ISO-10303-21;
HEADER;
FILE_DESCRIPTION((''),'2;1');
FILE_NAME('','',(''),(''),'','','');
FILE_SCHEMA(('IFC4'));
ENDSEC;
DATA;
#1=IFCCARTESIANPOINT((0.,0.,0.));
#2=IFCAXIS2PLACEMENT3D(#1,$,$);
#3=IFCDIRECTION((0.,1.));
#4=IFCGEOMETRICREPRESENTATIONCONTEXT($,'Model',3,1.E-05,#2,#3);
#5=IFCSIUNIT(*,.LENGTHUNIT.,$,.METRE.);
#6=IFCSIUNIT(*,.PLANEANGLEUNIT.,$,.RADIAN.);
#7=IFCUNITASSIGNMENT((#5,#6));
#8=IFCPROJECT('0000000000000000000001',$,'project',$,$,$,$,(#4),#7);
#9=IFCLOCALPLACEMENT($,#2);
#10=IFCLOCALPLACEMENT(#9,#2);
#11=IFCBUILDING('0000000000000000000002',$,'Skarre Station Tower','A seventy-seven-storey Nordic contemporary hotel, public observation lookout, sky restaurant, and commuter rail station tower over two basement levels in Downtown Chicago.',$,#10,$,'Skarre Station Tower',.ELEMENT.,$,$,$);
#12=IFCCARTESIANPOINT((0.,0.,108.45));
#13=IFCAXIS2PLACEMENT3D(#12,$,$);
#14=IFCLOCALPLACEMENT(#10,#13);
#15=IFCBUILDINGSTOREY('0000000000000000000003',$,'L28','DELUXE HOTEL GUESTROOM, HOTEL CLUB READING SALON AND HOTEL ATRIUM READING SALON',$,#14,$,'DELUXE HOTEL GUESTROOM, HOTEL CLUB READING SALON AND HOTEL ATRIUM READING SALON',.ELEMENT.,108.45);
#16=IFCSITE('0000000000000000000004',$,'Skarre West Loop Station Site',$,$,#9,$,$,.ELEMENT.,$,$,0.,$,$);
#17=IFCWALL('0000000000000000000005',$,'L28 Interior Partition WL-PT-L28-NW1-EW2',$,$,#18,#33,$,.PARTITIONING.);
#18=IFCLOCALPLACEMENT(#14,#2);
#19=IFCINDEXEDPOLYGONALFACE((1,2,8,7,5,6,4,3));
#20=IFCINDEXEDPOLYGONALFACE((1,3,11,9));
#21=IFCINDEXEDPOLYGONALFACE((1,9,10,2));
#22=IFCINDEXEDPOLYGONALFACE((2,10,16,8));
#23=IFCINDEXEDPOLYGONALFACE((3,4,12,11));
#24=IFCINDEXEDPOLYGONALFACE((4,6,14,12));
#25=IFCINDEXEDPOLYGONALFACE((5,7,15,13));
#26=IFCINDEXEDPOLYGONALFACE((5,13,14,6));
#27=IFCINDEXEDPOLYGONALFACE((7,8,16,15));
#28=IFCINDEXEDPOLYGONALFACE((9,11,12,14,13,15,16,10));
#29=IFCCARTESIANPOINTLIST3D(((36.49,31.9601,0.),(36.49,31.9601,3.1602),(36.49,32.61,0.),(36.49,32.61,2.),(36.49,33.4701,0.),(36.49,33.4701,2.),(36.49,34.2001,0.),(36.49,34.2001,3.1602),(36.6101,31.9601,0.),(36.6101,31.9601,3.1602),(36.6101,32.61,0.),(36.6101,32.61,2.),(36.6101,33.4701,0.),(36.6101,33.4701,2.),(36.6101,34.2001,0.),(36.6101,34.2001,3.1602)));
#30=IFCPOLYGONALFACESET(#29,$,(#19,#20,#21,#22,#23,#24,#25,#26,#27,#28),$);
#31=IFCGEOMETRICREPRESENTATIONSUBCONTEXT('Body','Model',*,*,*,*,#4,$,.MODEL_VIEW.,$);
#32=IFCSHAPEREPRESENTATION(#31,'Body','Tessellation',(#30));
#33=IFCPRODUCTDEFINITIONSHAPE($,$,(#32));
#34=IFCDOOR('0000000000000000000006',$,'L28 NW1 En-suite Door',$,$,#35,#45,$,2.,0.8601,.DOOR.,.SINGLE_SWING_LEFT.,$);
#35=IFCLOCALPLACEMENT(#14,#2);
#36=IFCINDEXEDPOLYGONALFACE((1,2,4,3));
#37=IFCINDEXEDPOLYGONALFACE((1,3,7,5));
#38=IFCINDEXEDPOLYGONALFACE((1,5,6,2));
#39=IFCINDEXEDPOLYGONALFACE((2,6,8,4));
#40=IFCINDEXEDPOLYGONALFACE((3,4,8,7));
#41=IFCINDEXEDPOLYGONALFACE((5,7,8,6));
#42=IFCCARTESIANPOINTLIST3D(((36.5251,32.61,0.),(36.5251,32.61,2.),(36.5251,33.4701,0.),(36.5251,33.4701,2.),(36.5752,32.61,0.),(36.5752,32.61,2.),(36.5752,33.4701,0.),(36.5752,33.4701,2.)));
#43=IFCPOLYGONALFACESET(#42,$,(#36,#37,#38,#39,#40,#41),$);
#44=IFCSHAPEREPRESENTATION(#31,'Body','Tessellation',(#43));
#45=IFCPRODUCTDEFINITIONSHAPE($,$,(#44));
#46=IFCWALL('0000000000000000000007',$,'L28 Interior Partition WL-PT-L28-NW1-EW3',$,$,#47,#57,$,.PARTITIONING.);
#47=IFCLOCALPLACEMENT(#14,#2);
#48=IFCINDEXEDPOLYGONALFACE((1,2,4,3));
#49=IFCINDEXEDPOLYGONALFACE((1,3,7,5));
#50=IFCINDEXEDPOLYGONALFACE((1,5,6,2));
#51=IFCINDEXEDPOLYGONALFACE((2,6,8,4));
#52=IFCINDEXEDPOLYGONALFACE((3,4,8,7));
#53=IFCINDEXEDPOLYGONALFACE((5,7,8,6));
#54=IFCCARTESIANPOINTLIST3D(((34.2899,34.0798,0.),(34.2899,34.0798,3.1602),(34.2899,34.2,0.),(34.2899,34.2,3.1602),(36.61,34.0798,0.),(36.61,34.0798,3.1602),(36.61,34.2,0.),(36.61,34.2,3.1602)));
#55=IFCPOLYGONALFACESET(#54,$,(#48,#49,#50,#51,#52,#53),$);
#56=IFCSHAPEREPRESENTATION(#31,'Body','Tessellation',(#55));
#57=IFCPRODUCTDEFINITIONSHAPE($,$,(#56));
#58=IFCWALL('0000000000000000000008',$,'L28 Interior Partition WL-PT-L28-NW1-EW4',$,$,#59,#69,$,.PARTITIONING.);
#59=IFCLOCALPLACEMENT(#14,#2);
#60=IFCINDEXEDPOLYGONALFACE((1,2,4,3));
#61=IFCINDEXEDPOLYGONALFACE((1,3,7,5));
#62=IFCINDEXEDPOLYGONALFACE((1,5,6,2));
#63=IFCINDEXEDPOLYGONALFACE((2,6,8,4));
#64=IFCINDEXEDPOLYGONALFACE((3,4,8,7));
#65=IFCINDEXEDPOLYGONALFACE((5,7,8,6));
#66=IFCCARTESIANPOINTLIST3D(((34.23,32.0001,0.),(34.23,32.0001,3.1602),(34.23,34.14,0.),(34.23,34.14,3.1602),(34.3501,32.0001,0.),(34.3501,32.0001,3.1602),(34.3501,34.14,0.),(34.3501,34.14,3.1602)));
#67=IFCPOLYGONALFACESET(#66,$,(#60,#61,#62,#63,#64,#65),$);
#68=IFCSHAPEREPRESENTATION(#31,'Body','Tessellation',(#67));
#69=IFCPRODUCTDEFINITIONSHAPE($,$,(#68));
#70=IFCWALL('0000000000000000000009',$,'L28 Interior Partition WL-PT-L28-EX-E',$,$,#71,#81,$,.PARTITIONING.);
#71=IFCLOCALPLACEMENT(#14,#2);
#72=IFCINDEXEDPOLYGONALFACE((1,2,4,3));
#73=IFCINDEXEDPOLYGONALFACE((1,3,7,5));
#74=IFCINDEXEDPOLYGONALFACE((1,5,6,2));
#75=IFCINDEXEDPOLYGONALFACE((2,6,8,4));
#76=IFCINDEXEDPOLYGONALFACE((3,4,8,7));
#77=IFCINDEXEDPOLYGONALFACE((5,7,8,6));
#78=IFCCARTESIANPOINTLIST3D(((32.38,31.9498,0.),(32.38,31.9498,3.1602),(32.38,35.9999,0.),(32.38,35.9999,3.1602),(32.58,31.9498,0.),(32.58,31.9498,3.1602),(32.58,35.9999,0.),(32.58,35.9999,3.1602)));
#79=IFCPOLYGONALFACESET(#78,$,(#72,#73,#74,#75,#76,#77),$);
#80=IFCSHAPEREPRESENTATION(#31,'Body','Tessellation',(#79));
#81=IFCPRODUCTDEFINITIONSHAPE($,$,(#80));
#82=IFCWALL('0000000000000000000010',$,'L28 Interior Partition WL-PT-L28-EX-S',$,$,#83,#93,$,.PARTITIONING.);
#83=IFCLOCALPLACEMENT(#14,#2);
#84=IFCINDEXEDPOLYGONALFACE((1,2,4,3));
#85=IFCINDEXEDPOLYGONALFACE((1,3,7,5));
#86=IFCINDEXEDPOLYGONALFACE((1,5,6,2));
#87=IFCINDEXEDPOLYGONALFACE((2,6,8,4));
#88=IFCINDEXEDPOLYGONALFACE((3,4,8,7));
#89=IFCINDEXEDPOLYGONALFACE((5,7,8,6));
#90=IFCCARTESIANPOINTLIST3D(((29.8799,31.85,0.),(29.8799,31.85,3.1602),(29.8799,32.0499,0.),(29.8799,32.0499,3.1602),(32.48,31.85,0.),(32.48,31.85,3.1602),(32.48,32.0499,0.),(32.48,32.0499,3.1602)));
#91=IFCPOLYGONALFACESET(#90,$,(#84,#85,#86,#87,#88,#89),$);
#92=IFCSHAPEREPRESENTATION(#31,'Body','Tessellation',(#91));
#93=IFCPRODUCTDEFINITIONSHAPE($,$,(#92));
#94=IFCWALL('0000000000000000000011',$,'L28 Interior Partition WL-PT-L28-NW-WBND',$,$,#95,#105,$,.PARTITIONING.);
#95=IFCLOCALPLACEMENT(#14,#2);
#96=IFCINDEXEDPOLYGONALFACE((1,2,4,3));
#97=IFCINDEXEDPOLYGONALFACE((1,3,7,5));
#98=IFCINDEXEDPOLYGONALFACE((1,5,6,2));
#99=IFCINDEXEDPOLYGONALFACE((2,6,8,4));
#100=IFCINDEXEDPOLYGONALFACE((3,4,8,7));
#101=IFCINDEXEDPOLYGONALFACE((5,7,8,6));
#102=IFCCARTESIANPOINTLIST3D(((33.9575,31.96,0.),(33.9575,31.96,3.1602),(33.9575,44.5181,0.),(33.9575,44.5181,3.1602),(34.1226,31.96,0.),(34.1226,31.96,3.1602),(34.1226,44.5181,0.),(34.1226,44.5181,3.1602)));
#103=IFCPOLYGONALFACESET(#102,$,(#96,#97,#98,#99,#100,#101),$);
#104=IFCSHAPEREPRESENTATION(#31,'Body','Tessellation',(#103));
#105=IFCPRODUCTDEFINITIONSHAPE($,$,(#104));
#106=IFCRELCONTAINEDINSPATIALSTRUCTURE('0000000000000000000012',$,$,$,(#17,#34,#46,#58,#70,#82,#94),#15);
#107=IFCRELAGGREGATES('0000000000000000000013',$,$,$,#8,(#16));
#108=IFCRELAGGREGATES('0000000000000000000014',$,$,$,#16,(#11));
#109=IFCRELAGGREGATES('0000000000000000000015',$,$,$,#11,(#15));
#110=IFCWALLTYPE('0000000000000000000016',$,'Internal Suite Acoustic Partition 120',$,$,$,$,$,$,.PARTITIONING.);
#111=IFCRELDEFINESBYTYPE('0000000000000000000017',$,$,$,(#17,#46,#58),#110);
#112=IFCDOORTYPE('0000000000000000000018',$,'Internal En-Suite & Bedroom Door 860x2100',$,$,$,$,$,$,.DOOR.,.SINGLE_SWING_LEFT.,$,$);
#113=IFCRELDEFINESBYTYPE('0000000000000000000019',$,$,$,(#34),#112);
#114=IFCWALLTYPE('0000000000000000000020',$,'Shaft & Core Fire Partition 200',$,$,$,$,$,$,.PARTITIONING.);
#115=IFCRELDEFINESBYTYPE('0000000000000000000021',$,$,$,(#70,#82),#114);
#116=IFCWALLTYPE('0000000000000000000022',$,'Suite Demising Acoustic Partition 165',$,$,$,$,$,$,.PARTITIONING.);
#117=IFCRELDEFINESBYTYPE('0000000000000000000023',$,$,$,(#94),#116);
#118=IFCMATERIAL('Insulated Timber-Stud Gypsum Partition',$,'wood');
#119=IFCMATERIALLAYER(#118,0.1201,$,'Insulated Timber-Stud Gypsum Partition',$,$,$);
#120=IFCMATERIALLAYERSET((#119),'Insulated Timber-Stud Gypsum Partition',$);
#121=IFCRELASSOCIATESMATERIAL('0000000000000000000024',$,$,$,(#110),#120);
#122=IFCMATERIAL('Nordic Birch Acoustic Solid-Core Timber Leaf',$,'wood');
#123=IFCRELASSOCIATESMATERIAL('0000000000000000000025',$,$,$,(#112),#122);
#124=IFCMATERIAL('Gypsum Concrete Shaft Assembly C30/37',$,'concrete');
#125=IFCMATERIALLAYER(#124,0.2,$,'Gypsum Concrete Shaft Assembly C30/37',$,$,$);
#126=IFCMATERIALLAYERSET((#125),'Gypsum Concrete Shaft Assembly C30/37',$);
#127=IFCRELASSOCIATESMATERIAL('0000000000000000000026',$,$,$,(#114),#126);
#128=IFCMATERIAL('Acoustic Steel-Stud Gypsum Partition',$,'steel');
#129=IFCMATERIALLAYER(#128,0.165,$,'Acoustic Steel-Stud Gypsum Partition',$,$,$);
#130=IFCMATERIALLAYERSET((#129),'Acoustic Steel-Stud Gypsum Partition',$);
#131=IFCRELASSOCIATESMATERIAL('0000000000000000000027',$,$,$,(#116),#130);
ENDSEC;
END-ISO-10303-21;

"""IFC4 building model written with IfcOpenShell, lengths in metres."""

from ifc_helpers import new_model, si_unit, direction, frame, frame_2d, origin, place, context, subcontext, project, spatial, rectangle, extrude, material, layer, layer_set, type_object, element, fill, save


model = new_model("IFC4")

# Units and contexts
model_context = context("Model", 3, precision=1e-05, world=origin(), true_north=direction((0.0, 1.0)))
body_context = subcontext(model_context, "Body", "Model", "MODEL_VIEW")
ifc_project = project(units=[si_unit("LENGTHUNIT", "METRE"), si_unit("PLANEANGLEUNIT", "RADIAN")], contexts=[model_context])

# Site, building, storey
site_placement = place(None, origin())
site = spatial("IfcSite", under=ifc_project, at=site_placement, Name="Skarre West Loop Station Site", CompositionType="ELEMENT", RefElevation=0.0)
building_placement = place(site_placement, origin())
building = spatial("IfcBuilding", under=site, at=building_placement, Name="Skarre Station Tower", Description="A seventy-seven-storey Nordic contemporary hotel, public observation lookout, sky restaurant, and commuter rail station tower over two basement levels in Downtown Chicago.", LongName="Skarre Station Tower", CompositionType="ELEMENT")
storey_placement = place(building_placement, frame((0.0, 0.0, 108.45)))
storey = spatial("IfcBuildingStorey", under=building, at=storey_placement, Name="L28", Description="DELUXE HOTEL GUESTROOM, HOTEL CLUB READING SALON AND HOTEL ATRIUM READING SALON", LongName="DELUXE HOTEL GUESTROOM, HOTEL CLUB READING SALON AND HOTEL ATRIUM READING SALON", CompositionType="ELEMENT", Elevation=108.45)

# Shared definitions
ifc_material_1 = material(Name="Acoustic Steel-Stud Gypsum Partition", Category="steel")

# Wall, opening, door
ifc_material_2 = material(Name="Insulated Timber-Stud Gypsum Partition", Category="wood")
ifc_layer_1 = layer(ifc_material_2, 0.1201, Name="Insulated Timber-Stud Gypsum Partition")
ifc_layer_set_1 = layer_set([ifc_layer_1], Name="Insulated Timber-Stud Gypsum Partition")
wall_type_1 = type_object("IfcWallType", Name="Internal Suite Acoustic Partition 120", PredefinedType="PARTITIONING", material=ifc_layer_set_1)
wall_1_placement = place(storey_placement, frame((36.55, 31.96, 0.0), z_axis=(0.0, 0.0, 1.0), x_axis=(0.0, 1.0, 0.0)))
wall_1 = element("IfcWall", 1, at=wall_1_placement, inside=storey, type_object=wall_type_1, Name="L28 Interior Partition WL-PT-L28-NW1-EW2", PredefinedType="PARTITIONING", context=body_context, shape_type="SweptSolid", body=[
    extrude(rectangle(XDim=2.24, YDim=0.1201, at=frame_2d((1.1201, 0.0))), origin(), (0.0, 0.0, 1.0), 3.1602),
])
opening_1_placement = place(wall_1_placement, frame((0.6499, 0.0, 0.0)))
opening_1 = element("IfcOpeningElement", 2, at=opening_1_placement, cuts=wall_1, PredefinedType="OPENING", context=body_context, shape_type="SweptSolid", body=[
    extrude(rectangle(XDim=0.8601, YDim=2.0, at=frame_2d((0.4302, 1.0))), frame((0.0, 0.0701, 0.0), z_axis=(0.0, -1.0, 0.0), x_axis=(1.0, 0.0, 0.0)), (0.0, 0.0, 1.0), 0.1401),
])
ifc_material_3 = material(Name="Nordic Birch Acoustic Solid-Core Timber Leaf", Category="wood")
door_type_1 = type_object("IfcDoorType", Name="Internal En-Suite & Bedroom Door 860x2100", OperationType="SINGLE_SWING_LEFT", PredefinedType="DOOR", material=ifc_material_3)
door_1_placement = place(opening_1_placement, origin())
door_1 = element("IfcDoor", 3, at=door_1_placement, inside=storey, type_object=door_type_1, Name="L28 NW1 En-suite Door", OperationType="SINGLE_SWING_LEFT", OverallHeight=2.0, OverallWidth=0.8601, PredefinedType="DOOR", context=body_context, shape_type="SweptSolid", body=[
    extrude(rectangle(XDim=0.8601, YDim=2.0, at=frame_2d((0.4302, 1.0))), frame((0.0, 0.0249, 0.0), z_axis=(0.0, -1.0, 0.0), x_axis=(1.0, 0.0, 0.0)), (0.0, 0.0, 1.0), 0.05),
])
fill(opening_1, door_1)

# Walls
wall_2_placement = place(storey_placement, frame((36.6101, 34.1399, 0.0), z_axis=(0.0, 0.0, 1.0), x_axis=(-1.0, 0.0, 0.0)))
element("IfcWall", 4, at=wall_2_placement, inside=storey, type_object=wall_type_1, Name="L28 Interior Partition WL-PT-L28-NW1-EW3", PredefinedType="PARTITIONING", context=body_context, shape_type="SweptSolid", body=[
    extrude(rectangle(XDim=2.3201, YDim=0.1201, at=frame_2d((1.1602, 0.0))), origin(), (0.0, 0.0, 1.0), 3.1602),
])
wall_3_placement = place(storey_placement, frame((34.29, 34.1399, 0.0), z_axis=(0.0, 0.0, 1.0), x_axis=(0.0, -1.0, 0.0)))
element("IfcWall", 5, at=wall_3_placement, inside=storey, type_object=wall_type_1, Name="L28 Interior Partition WL-PT-L28-NW1-EW4", PredefinedType="PARTITIONING", context=body_context, shape_type="SweptSolid", body=[
    extrude(rectangle(XDim=2.1399, YDim=0.1201, at=frame_2d((1.0698, 0.0))), origin(), (0.0, 0.0, 1.0), 3.1602),
])
ifc_material_4 = material(Name="Gypsum Concrete Shaft Assembly C30/37", Category="concrete")
ifc_layer_2 = layer(ifc_material_4, 0.2, Name="Gypsum Concrete Shaft Assembly C30/37")
ifc_layer_set_2 = layer_set([ifc_layer_2], Name="Gypsum Concrete Shaft Assembly C30/37")
wall_type_2 = type_object("IfcWallType", Name="Shaft & Core Fire Partition 200", PredefinedType="PARTITIONING", material=ifc_layer_set_2)
wall_4_placement = place(storey_placement, frame((32.48, 31.95, 0.0), z_axis=(0.0, 0.0, 1.0), x_axis=(0.0, 1.0, 0.0)))
element("IfcWall", 6, at=wall_4_placement, inside=storey, type_object=wall_type_2, Name="L28 Interior Partition WL-PT-L28-EX-E", PredefinedType="PARTITIONING", context=body_context, shape_type="SweptSolid", body=[
    extrude(rectangle(XDim=4.05, YDim=0.2, at=frame_2d((2.0249, 0.0))), origin(), (0.0, 0.0, 1.0), 3.1602),
])
wall_5_placement = place(storey_placement, frame((32.48, 31.95, 0.0), z_axis=(0.0, 0.0, 1.0), x_axis=(-1.0, 0.0, 0.0)))
element("IfcWall", 7, at=wall_5_placement, inside=storey, type_object=wall_type_2, Name="L28 Interior Partition WL-PT-L28-EX-S", PredefinedType="PARTITIONING", context=body_context, shape_type="SweptSolid", body=[
    extrude(rectangle(XDim=2.6001, YDim=0.2, at=frame_2d((1.3, 0.0))), origin(), (0.0, 0.0, 1.0), 3.1602),
])
ifc_layer_3 = layer(ifc_material_1, 0.165, Name="Acoustic Steel-Stud Gypsum Partition")
ifc_layer_set_3 = layer_set([ifc_layer_3], Name="Acoustic Steel-Stud Gypsum Partition")
wall_type_3 = type_object("IfcWallType", Name="Suite Demising Acoustic Partition 165", PredefinedType="PARTITIONING", material=ifc_layer_set_3)
wall_6_placement = place(storey_placement, frame((34.04, 31.96, 0.0), z_axis=(0.0, 0.0, 1.0), x_axis=(0.0, 1.0, 0.0)))
element("IfcWall", 8, at=wall_6_placement, inside=storey, type_object=wall_type_3, Name="L28 Interior Partition WL-PT-L28-NW-WBND", PredefinedType="PARTITIONING", context=body_context, shape_type="SweptSolid", body=[
    extrude(rectangle(XDim=12.5581, YDim=0.165, at=frame_2d((6.2791, 0.0))), origin(), (0.0, 0.0, 1.0), 3.1602),
])

save(model, "model.ifc")
